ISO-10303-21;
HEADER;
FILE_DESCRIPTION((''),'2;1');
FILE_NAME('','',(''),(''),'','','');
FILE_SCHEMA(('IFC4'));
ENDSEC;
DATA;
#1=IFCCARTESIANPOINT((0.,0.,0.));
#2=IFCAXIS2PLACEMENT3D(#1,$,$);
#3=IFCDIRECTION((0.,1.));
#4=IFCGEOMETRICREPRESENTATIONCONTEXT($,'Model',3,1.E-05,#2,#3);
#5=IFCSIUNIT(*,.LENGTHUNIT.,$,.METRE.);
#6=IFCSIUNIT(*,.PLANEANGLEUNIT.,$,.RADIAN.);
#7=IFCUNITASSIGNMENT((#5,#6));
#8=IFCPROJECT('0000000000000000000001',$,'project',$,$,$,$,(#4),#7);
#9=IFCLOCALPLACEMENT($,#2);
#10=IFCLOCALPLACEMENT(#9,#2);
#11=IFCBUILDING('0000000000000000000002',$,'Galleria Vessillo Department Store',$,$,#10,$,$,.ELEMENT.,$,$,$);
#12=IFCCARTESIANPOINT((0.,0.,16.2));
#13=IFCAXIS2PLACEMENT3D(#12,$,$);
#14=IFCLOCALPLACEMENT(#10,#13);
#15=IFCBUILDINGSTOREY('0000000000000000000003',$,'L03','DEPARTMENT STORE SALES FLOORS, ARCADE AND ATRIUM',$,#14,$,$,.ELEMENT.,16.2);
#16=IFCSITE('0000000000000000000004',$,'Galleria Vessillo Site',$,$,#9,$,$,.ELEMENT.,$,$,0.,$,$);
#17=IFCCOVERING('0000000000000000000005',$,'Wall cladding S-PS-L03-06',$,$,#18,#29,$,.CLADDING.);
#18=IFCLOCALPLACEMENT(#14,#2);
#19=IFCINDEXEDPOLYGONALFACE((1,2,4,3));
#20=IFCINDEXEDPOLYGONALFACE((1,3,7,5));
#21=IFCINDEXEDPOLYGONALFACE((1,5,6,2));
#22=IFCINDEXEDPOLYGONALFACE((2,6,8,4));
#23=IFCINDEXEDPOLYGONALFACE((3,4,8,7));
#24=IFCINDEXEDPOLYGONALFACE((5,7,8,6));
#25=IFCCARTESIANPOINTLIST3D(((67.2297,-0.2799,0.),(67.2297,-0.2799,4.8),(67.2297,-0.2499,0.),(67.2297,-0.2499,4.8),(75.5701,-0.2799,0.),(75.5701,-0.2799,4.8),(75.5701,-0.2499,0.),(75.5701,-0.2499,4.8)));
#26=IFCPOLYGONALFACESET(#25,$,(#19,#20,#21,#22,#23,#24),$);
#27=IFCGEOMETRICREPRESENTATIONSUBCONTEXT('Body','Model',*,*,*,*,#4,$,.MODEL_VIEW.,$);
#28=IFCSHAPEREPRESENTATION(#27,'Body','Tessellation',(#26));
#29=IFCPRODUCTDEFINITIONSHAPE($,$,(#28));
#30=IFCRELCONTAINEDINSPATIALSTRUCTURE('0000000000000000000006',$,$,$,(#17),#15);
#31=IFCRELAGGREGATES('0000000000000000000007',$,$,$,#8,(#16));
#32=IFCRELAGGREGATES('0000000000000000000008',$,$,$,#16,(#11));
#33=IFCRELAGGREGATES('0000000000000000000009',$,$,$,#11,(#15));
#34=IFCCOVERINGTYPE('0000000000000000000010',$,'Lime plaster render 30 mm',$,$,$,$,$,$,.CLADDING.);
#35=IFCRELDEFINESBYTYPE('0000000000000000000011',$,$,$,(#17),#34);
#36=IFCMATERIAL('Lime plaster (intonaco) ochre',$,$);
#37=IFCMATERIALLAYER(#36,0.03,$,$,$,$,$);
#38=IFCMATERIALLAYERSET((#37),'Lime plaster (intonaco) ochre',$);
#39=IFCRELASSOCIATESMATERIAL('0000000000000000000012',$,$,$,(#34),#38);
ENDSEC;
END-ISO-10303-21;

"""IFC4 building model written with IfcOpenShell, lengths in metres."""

from ifc_helpers import new_model, si_unit, direction, frame, origin, origin_2d, place, context, subcontext, project, spatial, rectangle, extrude, material, layer, layer_set, type_object, element, save


model = new_model("IFC4")

# Units and contexts
model_context = context("Model", 3, precision=1e-05, world=origin(), true_north=direction((0.0, 1.0)))
body_context = subcontext(model_context, "Body", "Model", "MODEL_VIEW")
ifc_project = project(units=[si_unit("LENGTHUNIT", "METRE"), si_unit("PLANEANGLEUNIT", "RADIAN")], contexts=[model_context])

# Site, building, storey
site_placement = place(None, origin())
site = spatial("IfcSite", under=ifc_project, at=site_placement, Name="Galleria Vessillo Site", CompositionType="ELEMENT", RefElevation=0.0)
building_placement = place(site_placement, origin())
building = spatial("IfcBuilding", under=site, at=building_placement, Name="Galleria Vessillo Department Store", CompositionType="ELEMENT")
storey_placement = place(building_placement, frame((0.0, 0.0, 16.2)))
storey = spatial("IfcBuildingStorey", under=building, at=storey_placement, Name="L03", Description="DEPARTMENT STORE SALES FLOORS, ARCADE AND ATRIUM", CompositionType="ELEMENT", Elevation=16.2)

# Covering
ifc_material_1 = material(Name="Lime plaster (intonaco) ochre")
ifc_layer_1 = layer(ifc_material_1, 0.03)
ifc_layer_set_1 = layer_set([ifc_layer_1], Name="Lime plaster (intonaco) ochre")
covering_type = type_object("IfcCoveringType", Name="Lime plaster render 30 mm", PredefinedType="CLADDING", material=ifc_layer_set_1)
covering_placement = place(storey_placement, frame((71.3999, -0.2649, 0.0), z_axis=(0.0, 0.0, 1.0), x_axis=(1.0, 0.0, 0.0)))
element("IfcCovering", 1, at=covering_placement, inside=storey, type_object=covering_type, Name="Wall cladding S-PS-L03-06", PredefinedType="CLADDING", context=body_context, shape_type="SweptSolid", body=[
    extrude(rectangle(XDim=8.3403, YDim=0.03, at=origin_2d()), origin(), (0.0, 0.0, 1.0), 4.8),
])

save(model, "model.ifc")
